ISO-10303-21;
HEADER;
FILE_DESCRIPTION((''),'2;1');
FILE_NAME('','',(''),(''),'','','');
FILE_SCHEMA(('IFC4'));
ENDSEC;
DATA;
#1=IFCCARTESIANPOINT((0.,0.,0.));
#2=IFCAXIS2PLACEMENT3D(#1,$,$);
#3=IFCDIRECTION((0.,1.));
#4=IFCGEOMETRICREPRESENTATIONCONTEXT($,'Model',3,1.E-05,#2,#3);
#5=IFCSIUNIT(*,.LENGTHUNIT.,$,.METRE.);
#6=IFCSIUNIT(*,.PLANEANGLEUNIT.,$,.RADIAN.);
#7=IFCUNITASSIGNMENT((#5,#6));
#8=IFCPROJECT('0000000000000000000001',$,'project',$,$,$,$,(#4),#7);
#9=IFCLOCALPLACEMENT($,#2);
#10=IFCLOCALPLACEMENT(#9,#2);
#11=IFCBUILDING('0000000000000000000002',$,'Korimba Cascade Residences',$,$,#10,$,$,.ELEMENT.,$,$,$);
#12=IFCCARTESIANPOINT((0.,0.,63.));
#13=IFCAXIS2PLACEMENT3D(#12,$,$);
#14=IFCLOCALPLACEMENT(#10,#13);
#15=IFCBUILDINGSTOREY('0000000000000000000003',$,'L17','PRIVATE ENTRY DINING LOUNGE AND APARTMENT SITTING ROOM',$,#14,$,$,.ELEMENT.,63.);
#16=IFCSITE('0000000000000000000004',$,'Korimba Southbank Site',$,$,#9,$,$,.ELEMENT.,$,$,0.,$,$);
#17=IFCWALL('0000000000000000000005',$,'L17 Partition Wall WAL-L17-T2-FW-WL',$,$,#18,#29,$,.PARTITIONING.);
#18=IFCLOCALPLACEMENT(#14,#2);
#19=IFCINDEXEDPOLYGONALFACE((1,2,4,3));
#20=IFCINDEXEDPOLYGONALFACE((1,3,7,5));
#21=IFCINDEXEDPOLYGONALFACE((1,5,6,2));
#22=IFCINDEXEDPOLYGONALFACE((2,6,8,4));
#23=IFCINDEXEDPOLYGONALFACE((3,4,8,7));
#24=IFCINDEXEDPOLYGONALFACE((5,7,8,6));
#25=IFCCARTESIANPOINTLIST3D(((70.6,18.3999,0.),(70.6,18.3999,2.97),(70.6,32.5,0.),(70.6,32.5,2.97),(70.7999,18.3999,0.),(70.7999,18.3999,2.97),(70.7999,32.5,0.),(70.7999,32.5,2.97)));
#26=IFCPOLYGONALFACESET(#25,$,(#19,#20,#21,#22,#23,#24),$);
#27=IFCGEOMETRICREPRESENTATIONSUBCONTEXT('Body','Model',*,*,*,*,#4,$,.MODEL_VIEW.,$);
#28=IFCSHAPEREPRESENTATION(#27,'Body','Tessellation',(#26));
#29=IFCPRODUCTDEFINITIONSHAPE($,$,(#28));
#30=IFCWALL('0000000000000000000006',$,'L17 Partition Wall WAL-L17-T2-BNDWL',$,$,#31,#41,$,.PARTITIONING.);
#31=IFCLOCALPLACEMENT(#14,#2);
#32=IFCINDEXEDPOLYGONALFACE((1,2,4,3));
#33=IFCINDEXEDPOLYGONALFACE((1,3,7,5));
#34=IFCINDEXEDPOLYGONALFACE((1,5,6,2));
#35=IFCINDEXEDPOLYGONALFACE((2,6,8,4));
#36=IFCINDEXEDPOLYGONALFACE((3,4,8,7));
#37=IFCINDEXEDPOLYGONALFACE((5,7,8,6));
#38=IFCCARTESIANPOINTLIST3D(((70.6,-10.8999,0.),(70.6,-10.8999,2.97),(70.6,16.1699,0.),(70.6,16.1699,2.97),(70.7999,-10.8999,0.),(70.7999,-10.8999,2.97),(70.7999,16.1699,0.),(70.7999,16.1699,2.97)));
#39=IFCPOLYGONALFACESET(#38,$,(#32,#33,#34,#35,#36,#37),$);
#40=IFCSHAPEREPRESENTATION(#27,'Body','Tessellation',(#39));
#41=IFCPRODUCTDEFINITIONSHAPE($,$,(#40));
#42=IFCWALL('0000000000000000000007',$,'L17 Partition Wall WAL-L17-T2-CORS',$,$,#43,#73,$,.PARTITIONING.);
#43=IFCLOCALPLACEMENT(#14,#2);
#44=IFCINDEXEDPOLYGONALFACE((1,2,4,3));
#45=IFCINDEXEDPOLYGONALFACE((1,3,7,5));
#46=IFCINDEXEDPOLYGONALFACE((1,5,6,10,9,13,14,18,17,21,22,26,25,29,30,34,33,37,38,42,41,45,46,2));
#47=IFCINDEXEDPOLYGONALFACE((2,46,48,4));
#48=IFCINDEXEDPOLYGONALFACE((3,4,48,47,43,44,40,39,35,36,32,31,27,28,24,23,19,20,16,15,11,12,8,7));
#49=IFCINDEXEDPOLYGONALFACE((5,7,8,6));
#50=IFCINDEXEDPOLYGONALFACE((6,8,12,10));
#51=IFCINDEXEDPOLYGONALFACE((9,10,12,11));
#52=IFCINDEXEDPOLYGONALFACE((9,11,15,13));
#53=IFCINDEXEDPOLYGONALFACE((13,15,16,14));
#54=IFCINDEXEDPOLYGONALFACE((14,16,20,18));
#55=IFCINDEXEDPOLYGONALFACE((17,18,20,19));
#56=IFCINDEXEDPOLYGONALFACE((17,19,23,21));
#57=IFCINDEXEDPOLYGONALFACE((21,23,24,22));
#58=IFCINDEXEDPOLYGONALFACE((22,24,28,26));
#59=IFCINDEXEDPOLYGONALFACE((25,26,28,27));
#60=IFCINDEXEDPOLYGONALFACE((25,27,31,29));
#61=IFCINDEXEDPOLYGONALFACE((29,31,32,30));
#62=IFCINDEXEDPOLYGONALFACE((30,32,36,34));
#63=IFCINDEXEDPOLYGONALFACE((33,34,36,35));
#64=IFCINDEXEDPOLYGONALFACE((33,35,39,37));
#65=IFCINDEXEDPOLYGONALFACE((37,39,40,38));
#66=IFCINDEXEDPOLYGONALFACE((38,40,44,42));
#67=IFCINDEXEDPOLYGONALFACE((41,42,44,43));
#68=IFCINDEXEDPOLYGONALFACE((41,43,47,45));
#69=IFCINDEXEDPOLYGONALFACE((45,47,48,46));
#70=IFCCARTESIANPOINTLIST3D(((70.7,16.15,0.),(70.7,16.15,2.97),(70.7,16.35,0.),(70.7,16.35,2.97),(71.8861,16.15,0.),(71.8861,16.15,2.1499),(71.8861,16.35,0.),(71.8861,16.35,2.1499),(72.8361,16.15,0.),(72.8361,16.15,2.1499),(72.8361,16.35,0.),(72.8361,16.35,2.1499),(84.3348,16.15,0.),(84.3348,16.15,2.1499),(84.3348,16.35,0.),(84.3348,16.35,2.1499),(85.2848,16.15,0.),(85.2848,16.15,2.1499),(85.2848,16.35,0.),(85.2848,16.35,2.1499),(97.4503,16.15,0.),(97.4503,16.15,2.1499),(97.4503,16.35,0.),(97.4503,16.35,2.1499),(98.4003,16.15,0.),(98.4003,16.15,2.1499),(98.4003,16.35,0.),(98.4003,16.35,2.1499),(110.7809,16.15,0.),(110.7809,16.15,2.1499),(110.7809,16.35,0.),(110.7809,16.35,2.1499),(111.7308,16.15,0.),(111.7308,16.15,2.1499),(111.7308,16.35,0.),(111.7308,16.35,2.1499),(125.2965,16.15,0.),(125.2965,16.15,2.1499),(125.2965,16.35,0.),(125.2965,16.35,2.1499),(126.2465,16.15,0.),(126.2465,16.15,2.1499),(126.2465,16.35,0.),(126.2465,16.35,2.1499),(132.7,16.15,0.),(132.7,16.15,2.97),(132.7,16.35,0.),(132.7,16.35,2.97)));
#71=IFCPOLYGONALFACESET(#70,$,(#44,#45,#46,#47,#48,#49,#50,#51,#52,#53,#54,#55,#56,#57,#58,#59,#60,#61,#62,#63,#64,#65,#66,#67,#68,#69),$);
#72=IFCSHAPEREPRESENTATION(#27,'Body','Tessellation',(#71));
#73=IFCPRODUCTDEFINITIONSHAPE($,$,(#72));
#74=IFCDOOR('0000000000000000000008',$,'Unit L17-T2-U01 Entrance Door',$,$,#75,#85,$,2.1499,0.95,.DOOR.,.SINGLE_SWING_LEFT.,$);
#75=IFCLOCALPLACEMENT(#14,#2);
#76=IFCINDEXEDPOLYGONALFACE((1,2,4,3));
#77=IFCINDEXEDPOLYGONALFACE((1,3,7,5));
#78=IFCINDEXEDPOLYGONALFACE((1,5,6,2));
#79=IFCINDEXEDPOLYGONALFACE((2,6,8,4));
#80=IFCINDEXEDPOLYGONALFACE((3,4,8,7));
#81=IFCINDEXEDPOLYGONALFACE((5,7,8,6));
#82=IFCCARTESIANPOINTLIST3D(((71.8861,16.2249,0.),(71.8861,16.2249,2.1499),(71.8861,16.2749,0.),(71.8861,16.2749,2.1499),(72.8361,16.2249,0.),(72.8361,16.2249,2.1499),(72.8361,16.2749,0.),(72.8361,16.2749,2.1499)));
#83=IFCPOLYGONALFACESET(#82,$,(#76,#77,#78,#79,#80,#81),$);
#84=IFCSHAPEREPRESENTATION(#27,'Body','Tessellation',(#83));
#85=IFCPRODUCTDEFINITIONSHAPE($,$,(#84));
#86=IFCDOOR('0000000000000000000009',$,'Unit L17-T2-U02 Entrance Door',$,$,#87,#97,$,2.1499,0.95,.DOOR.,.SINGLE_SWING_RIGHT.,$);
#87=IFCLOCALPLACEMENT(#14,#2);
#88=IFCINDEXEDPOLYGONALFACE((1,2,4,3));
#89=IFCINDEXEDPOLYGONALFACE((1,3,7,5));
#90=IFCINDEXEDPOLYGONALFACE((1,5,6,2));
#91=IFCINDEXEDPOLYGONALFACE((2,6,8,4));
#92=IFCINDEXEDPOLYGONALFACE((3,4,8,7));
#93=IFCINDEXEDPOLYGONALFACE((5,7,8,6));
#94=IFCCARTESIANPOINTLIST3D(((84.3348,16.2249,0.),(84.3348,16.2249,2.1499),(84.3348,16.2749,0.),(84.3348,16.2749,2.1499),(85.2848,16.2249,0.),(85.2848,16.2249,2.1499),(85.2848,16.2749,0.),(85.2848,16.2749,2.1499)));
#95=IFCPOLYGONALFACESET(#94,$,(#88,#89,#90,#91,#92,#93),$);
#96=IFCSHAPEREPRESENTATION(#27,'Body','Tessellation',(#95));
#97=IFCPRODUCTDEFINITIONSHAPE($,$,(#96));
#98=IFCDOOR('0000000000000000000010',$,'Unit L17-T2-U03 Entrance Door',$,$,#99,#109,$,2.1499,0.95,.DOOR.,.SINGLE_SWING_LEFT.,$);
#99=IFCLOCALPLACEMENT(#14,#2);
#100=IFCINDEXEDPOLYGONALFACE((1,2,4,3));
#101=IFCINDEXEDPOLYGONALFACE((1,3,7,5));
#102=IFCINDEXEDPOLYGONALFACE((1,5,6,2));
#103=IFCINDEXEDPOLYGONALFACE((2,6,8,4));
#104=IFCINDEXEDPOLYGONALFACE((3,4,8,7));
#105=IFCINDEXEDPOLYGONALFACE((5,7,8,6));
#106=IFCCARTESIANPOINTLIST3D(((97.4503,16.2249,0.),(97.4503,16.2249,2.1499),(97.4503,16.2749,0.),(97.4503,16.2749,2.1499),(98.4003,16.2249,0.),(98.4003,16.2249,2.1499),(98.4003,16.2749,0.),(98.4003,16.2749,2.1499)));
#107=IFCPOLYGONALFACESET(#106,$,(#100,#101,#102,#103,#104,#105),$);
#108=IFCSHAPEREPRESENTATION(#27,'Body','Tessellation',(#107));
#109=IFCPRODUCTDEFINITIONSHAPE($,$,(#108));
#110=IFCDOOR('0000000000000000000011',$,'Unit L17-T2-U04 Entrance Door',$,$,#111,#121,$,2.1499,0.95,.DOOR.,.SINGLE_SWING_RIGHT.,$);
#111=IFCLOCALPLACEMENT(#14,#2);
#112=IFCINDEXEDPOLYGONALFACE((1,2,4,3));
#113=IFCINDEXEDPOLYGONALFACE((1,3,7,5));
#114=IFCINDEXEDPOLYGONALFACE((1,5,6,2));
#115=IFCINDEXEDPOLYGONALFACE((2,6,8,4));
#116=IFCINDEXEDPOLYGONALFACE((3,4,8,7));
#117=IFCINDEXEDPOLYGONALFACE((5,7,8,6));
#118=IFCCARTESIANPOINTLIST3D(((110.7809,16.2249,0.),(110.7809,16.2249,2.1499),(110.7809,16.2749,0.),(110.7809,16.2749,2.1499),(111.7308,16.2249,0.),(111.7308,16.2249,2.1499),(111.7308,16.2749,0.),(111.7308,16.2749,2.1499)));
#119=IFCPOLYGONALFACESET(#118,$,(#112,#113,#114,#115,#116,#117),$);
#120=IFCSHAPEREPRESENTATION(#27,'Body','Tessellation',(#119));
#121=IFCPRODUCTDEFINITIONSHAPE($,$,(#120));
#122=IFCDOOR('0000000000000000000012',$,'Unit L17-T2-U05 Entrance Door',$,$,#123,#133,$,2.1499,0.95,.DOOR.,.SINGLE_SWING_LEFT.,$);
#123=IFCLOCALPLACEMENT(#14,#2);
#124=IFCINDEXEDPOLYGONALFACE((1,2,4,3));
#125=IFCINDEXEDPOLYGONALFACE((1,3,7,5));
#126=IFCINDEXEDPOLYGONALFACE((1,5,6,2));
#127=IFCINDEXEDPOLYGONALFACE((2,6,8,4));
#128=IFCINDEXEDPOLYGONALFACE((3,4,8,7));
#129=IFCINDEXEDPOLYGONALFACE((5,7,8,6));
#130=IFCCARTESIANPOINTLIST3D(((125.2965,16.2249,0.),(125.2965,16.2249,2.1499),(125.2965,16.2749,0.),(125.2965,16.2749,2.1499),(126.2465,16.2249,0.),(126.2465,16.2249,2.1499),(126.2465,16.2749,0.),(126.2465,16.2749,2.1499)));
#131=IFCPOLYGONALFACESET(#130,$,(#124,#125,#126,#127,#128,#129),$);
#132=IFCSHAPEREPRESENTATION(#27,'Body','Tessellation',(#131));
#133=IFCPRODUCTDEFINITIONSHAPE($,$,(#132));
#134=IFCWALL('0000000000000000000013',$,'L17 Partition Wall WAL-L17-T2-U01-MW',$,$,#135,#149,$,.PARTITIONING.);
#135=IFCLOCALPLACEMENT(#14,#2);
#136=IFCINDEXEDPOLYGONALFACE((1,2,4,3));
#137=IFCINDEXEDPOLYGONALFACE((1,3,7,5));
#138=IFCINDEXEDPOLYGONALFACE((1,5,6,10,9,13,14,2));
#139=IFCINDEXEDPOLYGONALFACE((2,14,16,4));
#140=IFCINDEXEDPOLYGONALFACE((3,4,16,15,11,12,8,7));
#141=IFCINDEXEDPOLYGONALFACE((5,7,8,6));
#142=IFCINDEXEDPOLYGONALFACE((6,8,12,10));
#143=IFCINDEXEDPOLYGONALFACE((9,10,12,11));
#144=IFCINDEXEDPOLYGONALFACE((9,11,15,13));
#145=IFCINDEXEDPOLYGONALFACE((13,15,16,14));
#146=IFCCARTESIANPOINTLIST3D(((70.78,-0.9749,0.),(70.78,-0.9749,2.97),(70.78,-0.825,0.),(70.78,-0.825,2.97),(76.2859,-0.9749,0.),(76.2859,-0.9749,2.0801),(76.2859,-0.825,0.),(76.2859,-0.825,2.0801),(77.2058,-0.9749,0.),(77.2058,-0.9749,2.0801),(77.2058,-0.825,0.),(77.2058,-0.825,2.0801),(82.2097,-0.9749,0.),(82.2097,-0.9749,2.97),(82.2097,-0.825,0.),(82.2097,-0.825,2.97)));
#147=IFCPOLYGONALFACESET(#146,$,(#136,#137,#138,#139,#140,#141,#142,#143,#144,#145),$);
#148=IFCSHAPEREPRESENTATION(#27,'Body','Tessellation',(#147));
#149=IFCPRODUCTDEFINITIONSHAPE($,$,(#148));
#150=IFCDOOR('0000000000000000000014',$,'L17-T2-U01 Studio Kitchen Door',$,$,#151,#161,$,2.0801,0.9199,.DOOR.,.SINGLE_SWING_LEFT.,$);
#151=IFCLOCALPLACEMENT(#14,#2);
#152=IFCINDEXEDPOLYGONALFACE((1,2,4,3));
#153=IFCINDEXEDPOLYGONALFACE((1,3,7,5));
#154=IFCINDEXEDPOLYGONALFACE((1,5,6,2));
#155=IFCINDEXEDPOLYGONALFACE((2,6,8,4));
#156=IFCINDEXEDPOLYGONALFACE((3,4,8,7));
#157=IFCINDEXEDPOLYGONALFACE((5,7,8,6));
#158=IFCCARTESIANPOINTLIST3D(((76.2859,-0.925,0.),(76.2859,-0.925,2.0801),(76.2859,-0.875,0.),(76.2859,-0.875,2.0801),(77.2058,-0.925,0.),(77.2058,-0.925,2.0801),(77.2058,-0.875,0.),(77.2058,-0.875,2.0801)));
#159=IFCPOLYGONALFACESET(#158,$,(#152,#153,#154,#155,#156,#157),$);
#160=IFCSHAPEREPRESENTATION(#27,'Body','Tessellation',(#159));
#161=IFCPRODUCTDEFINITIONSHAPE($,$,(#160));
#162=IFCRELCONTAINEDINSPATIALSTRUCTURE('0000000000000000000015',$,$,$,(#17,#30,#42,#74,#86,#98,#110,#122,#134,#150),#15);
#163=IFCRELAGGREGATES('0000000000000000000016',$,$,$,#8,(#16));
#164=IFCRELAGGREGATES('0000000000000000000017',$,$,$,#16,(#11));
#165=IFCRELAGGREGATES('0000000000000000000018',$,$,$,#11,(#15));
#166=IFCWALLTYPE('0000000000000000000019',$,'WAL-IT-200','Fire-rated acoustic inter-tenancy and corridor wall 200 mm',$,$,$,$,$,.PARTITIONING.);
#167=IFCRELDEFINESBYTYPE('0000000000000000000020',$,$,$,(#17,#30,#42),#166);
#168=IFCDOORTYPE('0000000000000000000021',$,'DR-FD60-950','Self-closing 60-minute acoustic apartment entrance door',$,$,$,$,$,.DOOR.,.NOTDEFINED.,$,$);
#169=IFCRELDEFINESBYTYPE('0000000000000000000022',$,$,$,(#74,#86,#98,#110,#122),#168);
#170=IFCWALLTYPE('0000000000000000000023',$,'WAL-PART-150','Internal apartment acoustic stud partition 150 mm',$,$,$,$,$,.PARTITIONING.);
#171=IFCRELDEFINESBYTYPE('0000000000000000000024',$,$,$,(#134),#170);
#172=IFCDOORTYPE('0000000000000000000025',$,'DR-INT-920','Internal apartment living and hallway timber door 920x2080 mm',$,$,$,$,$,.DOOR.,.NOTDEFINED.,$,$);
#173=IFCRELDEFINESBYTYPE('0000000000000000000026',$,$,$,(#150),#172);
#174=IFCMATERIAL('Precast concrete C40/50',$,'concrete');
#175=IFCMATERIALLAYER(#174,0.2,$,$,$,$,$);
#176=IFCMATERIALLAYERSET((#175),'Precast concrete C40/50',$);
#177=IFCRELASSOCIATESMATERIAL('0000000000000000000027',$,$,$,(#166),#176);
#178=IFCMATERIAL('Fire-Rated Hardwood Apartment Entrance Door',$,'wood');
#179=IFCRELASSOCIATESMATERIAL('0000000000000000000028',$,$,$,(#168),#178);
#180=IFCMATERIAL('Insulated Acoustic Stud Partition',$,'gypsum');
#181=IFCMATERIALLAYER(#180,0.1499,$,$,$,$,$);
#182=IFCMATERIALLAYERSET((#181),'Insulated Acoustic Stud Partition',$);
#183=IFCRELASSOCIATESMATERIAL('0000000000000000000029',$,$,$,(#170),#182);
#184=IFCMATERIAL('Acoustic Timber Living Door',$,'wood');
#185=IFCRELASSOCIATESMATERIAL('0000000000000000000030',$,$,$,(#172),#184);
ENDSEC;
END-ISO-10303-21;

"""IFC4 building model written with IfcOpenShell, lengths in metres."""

from ifc_helpers import new_model, si_unit, direction, frame, frame_2d, origin, place, context, subcontext, project, spatial, rectangle, extrude, material, layer, layer_set, type_object, element, fill, save


model = new_model("IFC4")

# Units and contexts
model_context = context("Model", 3, precision=1e-05, world=origin(), true_north=direction((0.0, 1.0)))
body_context = subcontext(model_context, "Body", "Model", "MODEL_VIEW")
ifc_project = project(units=[si_unit("LENGTHUNIT", "METRE"), si_unit("PLANEANGLEUNIT", "RADIAN")], contexts=[model_context])

# Site, building, storey
site_placement = place(None, origin())
site = spatial("IfcSite", under=ifc_project, at=site_placement, Name="Korimba Southbank Site", CompositionType="ELEMENT", RefElevation=0.0)
building_placement = place(site_placement, origin())
building = spatial("IfcBuilding", under=site, at=building_placement, Name="Korimba Cascade Residences", CompositionType="ELEMENT")
storey_placement = place(building_placement, frame((0.0, 0.0, 63.0)))
storey = spatial("IfcBuildingStorey", under=building, at=storey_placement, Name="L17", Description="PRIVATE ENTRY DINING LOUNGE AND APARTMENT SITTING ROOM", CompositionType="ELEMENT", Elevation=63.0)

# Shared definitions
ifc_material_1 = material(Name="Precast concrete C40/50", Category="concrete")

# Walls
ifc_layer_1 = layer(ifc_material_1, 0.2)
ifc_layer_set_1 = layer_set([ifc_layer_1], Name="Precast concrete C40/50")
wall_type_1 = type_object("IfcWallType", Name="WAL-IT-200", Description="Fire-rated acoustic inter-tenancy and corridor wall 200 mm", PredefinedType="PARTITIONING", material=ifc_layer_set_1)
wall_1_placement = place(storey_placement, frame((70.7, 18.3999, 0.0), z_axis=(0.0, 0.0, 1.0), x_axis=(0.0, 1.0, 0.0)))
element("IfcWall", 1, at=wall_1_placement, inside=storey, type_object=wall_type_1, Name="L17 Partition Wall WAL-L17-T2-FW-WL", PredefinedType="PARTITIONING", context=body_context, shape_type="SweptSolid", body=[
    extrude(rectangle(XDim=14.1001, YDim=0.2, at=frame_2d((7.05, 0.0))), origin(), (0.0, 0.0, 1.0), 2.97),
])
wall_2_placement = place(storey_placement, frame((70.7, -10.8999, 0.0), z_axis=(0.0, 0.0, 1.0), x_axis=(0.0, 1.0, 0.0)))
element("IfcWall", 2, at=wall_2_placement, inside=storey, type_object=wall_type_1, Name="L17 Partition Wall WAL-L17-T2-BNDWL", PredefinedType="PARTITIONING", context=body_context, shape_type="SweptSolid", body=[
    extrude(rectangle(XDim=27.0698, YDim=0.2, at=frame_2d((13.5349, 0.0))), origin(), (0.0, 0.0, 1.0), 2.97),
])

# Wall, openings, doors
wall_3_placement = place(storey_placement, frame((70.7, 16.25, 0.0), z_axis=(0.0, 0.0, 1.0), x_axis=(1.0, 0.0, 0.0)))
wall_3 = element("IfcWall", 3, at=wall_3_placement, inside=storey, type_object=wall_type_1, Name="L17 Partition Wall WAL-L17-T2-CORS", PredefinedType="PARTITIONING", context=body_context, shape_type="SweptSolid", body=[
    extrude(rectangle(XDim=62.0, YDim=0.2, at=frame_2d((31.0, 0.0))), origin(), (0.0, 0.0, 1.0), 2.97),
])
opening_1_placement = place(wall_3_placement, frame((1.186, 0.0, 0.0)))
opening_1 = element("IfcOpeningElement", 4, at=opening_1_placement, cuts=wall_3, PredefinedType="OPENING", context=body_context, shape_type="SweptSolid", body=[
    extrude(rectangle(XDim=0.95, YDim=2.1499, at=frame_2d((0.4751, 1.075))), frame((0.0, 0.1099, 0.0), z_axis=(0.0, -1.0, 0.0), x_axis=(1.0, 0.0, 0.0)), (0.0, 0.0, 1.0), 0.22),
])
opening_2_placement = place(wall_3_placement, frame((13.6348, 0.0, 0.0)))
opening_2 = element("IfcOpeningElement", 5, at=opening_2_placement, cuts=wall_3, PredefinedType="OPENING", context=body_context, shape_type="SweptSolid", body=[
    extrude(rectangle(XDim=0.95, YDim=2.1499, at=frame_2d((0.4751, 1.075))), frame((0.0, 0.1099, 0.0), z_axis=(0.0, -1.0, 0.0), x_axis=(1.0, 0.0, 0.0)), (0.0, 0.0, 1.0), 0.22),
])
opening_3_placement = place(wall_3_placement, frame((26.7502, 0.0, 0.0)))
opening_3 = element("IfcOpeningElement", 6, at=opening_3_placement, cuts=wall_3, PredefinedType="OPENING", context=body_context, shape_type="SweptSolid", body=[
    extrude(rectangle(XDim=0.95, YDim=2.1499, at=frame_2d((0.4751, 1.075))), frame((0.0, 0.1099, 0.0), z_axis=(0.0, -1.0, 0.0), x_axis=(1.0, 0.0, 0.0)), (0.0, 0.0, 1.0), 0.22),
])
opening_4_placement = place(wall_3_placement, frame((40.0808, 0.0, 0.0)))
opening_4 = element("IfcOpeningElement", 7, at=opening_4_placement, cuts=wall_3, PredefinedType="OPENING", context=body_context, shape_type="SweptSolid", body=[
    extrude(rectangle(XDim=0.95, YDim=2.1499, at=frame_2d((0.4751, 1.075))), frame((0.0, 0.1099, 0.0), z_axis=(0.0, -1.0, 0.0), x_axis=(1.0, 0.0, 0.0)), (0.0, 0.0, 1.0), 0.22),
])
opening_5_placement = place(wall_3_placement, frame((54.5964, 0.0, 0.0)))
opening_5 = element("IfcOpeningElement", 8, at=opening_5_placement, cuts=wall_3, PredefinedType="OPENING", context=body_context, shape_type="SweptSolid", body=[
    extrude(rectangle(XDim=0.95, YDim=2.1499, at=frame_2d((0.4751, 1.075))), frame((0.0, 0.1099, 0.0), z_axis=(0.0, -1.0, 0.0), x_axis=(1.0, 0.0, 0.0)), (0.0, 0.0, 1.0), 0.22),
])
ifc_material_2 = material(Name="Fire-Rated Hardwood Apartment Entrance Door", Category="wood")
door_type_1 = type_object("IfcDoorType", Name="DR-FD60-950", Description="Self-closing 60-minute acoustic apartment entrance door", OperationType="NOTDEFINED", PredefinedType="DOOR", material=ifc_material_2)
door_1_placement = place(opening_1_placement, origin())
door_1 = element("IfcDoor", 9, at=door_1_placement, inside=storey, type_object=door_type_1, Name="Unit L17-T2-U01 Entrance Door", OperationType="SINGLE_SWING_LEFT", OverallHeight=2.1499, OverallWidth=0.95, PredefinedType="DOOR", context=body_context, shape_type="SweptSolid", body=[
    extrude(rectangle(XDim=0.95, YDim=2.1499, at=frame_2d((0.4751, 1.075))), frame((0.0, 0.0249, 0.0), z_axis=(0.0, -1.0, 0.0), x_axis=(1.0, 0.0, 0.0)), (0.0, 0.0, 1.0), 0.05),
])
fill(opening_1, door_1)
door_2_placement = place(opening_2_placement, origin())
door_2 = element("IfcDoor", 10, at=door_2_placement, inside=storey, type_object=door_type_1, Name="Unit L17-T2-U02 Entrance Door", OperationType="SINGLE_SWING_RIGHT", OverallHeight=2.1499, OverallWidth=0.95, PredefinedType="DOOR", context=body_context, shape_type="SweptSolid", body=[
    extrude(rectangle(XDim=0.95, YDim=2.1499, at=frame_2d((0.4751, 1.075))), frame((0.0, 0.0249, 0.0), z_axis=(0.0, -1.0, 0.0), x_axis=(1.0, 0.0, 0.0)), (0.0, 0.0, 1.0), 0.05),
])
fill(opening_2, door_2)
door_3_placement = place(opening_3_placement, origin())
door_3 = element("IfcDoor", 11, at=door_3_placement, inside=storey, type_object=door_type_1, Name="Unit L17-T2-U03 Entrance Door", OperationType="SINGLE_SWING_LEFT", OverallHeight=2.1499, OverallWidth=0.95, PredefinedType="DOOR", context=body_context, shape_type="SweptSolid", body=[
    extrude(rectangle(XDim=0.95, YDim=2.1499, at=frame_2d((0.4751, 1.075))), frame((0.0, 0.0249, 0.0), z_axis=(0.0, -1.0, 0.0), x_axis=(1.0, 0.0, 0.0)), (0.0, 0.0, 1.0), 0.05),
])
fill(opening_3, door_3)
door_4_placement = place(opening_4_placement, origin())
door_4 = element("IfcDoor", 12, at=door_4_placement, inside=storey, type_object=door_type_1, Name="Unit L17-T2-U04 Entrance Door", OperationType="SINGLE_SWING_RIGHT", OverallHeight=2.1499, OverallWidth=0.95, PredefinedType="DOOR", context=body_context, shape_type="SweptSolid", body=[
    extrude(rectangle(XDim=0.95, YDim=2.1499, at=frame_2d((0.4751, 1.075))), frame((0.0, 0.0249, 0.0), z_axis=(0.0, -1.0, 0.0), x_axis=(1.0, 0.0, 0.0)), (0.0, 0.0, 1.0), 0.05),
])
fill(opening_4, door_4)
door_5_placement = place(opening_5_placement, origin())
door_5 = element("IfcDoor", 13, at=door_5_placement, inside=storey, type_object=door_type_1, Name="Unit L17-T2-U05 Entrance Door", OperationType="SINGLE_SWING_LEFT", OverallHeight=2.1499, OverallWidth=0.95, PredefinedType="DOOR", context=body_context, shape_type="SweptSolid", body=[
    extrude(rectangle(XDim=0.95, YDim=2.1499, at=frame_2d((0.4751, 1.075))), frame((0.0, 0.0249, 0.0), z_axis=(0.0, -1.0, 0.0), x_axis=(1.0, 0.0, 0.0)), (0.0, 0.0, 1.0), 0.05),
])
fill(opening_5, door_5)

# Wall, opening, door
ifc_material_3 = material(Name="Insulated Acoustic Stud Partition", Category="gypsum")
ifc_layer_2 = layer(ifc_material_3, 0.1499)
ifc_layer_set_2 = layer_set([ifc_layer_2], Name="Insulated Acoustic Stud Partition")
wall_type_2 = type_object("IfcWallType", Name="WAL-PART-150", Description="Internal apartment acoustic stud partition 150 mm", PredefinedType="PARTITIONING", material=ifc_layer_set_2)
wall_4_placement = place(storey_placement, frame((70.78, -0.8999, 0.0), z_axis=(0.0, 0.0, 1.0), x_axis=(1.0, 0.0, 0.0)))
wall_4 = element("IfcWall", 14, at=wall_4_placement, inside=storey, type_object=wall_type_2, Name="L17 Partition Wall WAL-L17-T2-U01-MW", PredefinedType="PARTITIONING", context=body_context, shape_type="SweptSolid", body=[
    extrude(rectangle(XDim=11.4297, YDim=0.1499, at=frame_2d((5.7148, 0.0))), origin(), (0.0, 0.0, 1.0), 2.97),
])
opening_6_placement = place(wall_4_placement, frame((5.5059, 0.0, 0.0)))
opening_6 = element("IfcOpeningElement", 15, at=opening_6_placement, cuts=wall_4, PredefinedType="OPENING", context=body_context, shape_type="SweptSolid", body=[
    extrude(rectangle(XDim=0.9199, YDim=2.0801, at=frame_2d((0.46, 1.04))), frame((0.0, 0.085, 0.0), z_axis=(0.0, -1.0, 0.0), x_axis=(1.0, 0.0, 0.0)), (0.0, 0.0, 1.0), 0.1699),
])
ifc_material_4 = material(Name="Acoustic Timber Living Door", Category="wood")
door_type_2 = type_object("IfcDoorType", Name="DR-INT-920", Description="Internal apartment living and hallway timber door 920x2080 mm", OperationType="NOTDEFINED", PredefinedType="DOOR", material=ifc_material_4)
door_6_placement = place(opening_6_placement, origin())
door_6 = element("IfcDoor", 16, at=door_6_placement, inside=storey, type_object=door_type_2, Name="L17-T2-U01 Studio Kitchen Door", OperationType="SINGLE_SWING_LEFT", OverallHeight=2.0801, OverallWidth=0.9199, PredefinedType="DOOR", context=body_context, shape_type="SweptSolid", body=[
    extrude(rectangle(XDim=0.9199, YDim=2.0801, at=frame_2d((0.46, 1.04))), frame((0.0, 0.0249, 0.0), z_axis=(0.0, -1.0, 0.0), x_axis=(1.0, 0.0, 0.0)), (0.0, 0.0, 1.0), 0.05),
])
fill(opening_6, door_6)

save(model, "model.ifc")
